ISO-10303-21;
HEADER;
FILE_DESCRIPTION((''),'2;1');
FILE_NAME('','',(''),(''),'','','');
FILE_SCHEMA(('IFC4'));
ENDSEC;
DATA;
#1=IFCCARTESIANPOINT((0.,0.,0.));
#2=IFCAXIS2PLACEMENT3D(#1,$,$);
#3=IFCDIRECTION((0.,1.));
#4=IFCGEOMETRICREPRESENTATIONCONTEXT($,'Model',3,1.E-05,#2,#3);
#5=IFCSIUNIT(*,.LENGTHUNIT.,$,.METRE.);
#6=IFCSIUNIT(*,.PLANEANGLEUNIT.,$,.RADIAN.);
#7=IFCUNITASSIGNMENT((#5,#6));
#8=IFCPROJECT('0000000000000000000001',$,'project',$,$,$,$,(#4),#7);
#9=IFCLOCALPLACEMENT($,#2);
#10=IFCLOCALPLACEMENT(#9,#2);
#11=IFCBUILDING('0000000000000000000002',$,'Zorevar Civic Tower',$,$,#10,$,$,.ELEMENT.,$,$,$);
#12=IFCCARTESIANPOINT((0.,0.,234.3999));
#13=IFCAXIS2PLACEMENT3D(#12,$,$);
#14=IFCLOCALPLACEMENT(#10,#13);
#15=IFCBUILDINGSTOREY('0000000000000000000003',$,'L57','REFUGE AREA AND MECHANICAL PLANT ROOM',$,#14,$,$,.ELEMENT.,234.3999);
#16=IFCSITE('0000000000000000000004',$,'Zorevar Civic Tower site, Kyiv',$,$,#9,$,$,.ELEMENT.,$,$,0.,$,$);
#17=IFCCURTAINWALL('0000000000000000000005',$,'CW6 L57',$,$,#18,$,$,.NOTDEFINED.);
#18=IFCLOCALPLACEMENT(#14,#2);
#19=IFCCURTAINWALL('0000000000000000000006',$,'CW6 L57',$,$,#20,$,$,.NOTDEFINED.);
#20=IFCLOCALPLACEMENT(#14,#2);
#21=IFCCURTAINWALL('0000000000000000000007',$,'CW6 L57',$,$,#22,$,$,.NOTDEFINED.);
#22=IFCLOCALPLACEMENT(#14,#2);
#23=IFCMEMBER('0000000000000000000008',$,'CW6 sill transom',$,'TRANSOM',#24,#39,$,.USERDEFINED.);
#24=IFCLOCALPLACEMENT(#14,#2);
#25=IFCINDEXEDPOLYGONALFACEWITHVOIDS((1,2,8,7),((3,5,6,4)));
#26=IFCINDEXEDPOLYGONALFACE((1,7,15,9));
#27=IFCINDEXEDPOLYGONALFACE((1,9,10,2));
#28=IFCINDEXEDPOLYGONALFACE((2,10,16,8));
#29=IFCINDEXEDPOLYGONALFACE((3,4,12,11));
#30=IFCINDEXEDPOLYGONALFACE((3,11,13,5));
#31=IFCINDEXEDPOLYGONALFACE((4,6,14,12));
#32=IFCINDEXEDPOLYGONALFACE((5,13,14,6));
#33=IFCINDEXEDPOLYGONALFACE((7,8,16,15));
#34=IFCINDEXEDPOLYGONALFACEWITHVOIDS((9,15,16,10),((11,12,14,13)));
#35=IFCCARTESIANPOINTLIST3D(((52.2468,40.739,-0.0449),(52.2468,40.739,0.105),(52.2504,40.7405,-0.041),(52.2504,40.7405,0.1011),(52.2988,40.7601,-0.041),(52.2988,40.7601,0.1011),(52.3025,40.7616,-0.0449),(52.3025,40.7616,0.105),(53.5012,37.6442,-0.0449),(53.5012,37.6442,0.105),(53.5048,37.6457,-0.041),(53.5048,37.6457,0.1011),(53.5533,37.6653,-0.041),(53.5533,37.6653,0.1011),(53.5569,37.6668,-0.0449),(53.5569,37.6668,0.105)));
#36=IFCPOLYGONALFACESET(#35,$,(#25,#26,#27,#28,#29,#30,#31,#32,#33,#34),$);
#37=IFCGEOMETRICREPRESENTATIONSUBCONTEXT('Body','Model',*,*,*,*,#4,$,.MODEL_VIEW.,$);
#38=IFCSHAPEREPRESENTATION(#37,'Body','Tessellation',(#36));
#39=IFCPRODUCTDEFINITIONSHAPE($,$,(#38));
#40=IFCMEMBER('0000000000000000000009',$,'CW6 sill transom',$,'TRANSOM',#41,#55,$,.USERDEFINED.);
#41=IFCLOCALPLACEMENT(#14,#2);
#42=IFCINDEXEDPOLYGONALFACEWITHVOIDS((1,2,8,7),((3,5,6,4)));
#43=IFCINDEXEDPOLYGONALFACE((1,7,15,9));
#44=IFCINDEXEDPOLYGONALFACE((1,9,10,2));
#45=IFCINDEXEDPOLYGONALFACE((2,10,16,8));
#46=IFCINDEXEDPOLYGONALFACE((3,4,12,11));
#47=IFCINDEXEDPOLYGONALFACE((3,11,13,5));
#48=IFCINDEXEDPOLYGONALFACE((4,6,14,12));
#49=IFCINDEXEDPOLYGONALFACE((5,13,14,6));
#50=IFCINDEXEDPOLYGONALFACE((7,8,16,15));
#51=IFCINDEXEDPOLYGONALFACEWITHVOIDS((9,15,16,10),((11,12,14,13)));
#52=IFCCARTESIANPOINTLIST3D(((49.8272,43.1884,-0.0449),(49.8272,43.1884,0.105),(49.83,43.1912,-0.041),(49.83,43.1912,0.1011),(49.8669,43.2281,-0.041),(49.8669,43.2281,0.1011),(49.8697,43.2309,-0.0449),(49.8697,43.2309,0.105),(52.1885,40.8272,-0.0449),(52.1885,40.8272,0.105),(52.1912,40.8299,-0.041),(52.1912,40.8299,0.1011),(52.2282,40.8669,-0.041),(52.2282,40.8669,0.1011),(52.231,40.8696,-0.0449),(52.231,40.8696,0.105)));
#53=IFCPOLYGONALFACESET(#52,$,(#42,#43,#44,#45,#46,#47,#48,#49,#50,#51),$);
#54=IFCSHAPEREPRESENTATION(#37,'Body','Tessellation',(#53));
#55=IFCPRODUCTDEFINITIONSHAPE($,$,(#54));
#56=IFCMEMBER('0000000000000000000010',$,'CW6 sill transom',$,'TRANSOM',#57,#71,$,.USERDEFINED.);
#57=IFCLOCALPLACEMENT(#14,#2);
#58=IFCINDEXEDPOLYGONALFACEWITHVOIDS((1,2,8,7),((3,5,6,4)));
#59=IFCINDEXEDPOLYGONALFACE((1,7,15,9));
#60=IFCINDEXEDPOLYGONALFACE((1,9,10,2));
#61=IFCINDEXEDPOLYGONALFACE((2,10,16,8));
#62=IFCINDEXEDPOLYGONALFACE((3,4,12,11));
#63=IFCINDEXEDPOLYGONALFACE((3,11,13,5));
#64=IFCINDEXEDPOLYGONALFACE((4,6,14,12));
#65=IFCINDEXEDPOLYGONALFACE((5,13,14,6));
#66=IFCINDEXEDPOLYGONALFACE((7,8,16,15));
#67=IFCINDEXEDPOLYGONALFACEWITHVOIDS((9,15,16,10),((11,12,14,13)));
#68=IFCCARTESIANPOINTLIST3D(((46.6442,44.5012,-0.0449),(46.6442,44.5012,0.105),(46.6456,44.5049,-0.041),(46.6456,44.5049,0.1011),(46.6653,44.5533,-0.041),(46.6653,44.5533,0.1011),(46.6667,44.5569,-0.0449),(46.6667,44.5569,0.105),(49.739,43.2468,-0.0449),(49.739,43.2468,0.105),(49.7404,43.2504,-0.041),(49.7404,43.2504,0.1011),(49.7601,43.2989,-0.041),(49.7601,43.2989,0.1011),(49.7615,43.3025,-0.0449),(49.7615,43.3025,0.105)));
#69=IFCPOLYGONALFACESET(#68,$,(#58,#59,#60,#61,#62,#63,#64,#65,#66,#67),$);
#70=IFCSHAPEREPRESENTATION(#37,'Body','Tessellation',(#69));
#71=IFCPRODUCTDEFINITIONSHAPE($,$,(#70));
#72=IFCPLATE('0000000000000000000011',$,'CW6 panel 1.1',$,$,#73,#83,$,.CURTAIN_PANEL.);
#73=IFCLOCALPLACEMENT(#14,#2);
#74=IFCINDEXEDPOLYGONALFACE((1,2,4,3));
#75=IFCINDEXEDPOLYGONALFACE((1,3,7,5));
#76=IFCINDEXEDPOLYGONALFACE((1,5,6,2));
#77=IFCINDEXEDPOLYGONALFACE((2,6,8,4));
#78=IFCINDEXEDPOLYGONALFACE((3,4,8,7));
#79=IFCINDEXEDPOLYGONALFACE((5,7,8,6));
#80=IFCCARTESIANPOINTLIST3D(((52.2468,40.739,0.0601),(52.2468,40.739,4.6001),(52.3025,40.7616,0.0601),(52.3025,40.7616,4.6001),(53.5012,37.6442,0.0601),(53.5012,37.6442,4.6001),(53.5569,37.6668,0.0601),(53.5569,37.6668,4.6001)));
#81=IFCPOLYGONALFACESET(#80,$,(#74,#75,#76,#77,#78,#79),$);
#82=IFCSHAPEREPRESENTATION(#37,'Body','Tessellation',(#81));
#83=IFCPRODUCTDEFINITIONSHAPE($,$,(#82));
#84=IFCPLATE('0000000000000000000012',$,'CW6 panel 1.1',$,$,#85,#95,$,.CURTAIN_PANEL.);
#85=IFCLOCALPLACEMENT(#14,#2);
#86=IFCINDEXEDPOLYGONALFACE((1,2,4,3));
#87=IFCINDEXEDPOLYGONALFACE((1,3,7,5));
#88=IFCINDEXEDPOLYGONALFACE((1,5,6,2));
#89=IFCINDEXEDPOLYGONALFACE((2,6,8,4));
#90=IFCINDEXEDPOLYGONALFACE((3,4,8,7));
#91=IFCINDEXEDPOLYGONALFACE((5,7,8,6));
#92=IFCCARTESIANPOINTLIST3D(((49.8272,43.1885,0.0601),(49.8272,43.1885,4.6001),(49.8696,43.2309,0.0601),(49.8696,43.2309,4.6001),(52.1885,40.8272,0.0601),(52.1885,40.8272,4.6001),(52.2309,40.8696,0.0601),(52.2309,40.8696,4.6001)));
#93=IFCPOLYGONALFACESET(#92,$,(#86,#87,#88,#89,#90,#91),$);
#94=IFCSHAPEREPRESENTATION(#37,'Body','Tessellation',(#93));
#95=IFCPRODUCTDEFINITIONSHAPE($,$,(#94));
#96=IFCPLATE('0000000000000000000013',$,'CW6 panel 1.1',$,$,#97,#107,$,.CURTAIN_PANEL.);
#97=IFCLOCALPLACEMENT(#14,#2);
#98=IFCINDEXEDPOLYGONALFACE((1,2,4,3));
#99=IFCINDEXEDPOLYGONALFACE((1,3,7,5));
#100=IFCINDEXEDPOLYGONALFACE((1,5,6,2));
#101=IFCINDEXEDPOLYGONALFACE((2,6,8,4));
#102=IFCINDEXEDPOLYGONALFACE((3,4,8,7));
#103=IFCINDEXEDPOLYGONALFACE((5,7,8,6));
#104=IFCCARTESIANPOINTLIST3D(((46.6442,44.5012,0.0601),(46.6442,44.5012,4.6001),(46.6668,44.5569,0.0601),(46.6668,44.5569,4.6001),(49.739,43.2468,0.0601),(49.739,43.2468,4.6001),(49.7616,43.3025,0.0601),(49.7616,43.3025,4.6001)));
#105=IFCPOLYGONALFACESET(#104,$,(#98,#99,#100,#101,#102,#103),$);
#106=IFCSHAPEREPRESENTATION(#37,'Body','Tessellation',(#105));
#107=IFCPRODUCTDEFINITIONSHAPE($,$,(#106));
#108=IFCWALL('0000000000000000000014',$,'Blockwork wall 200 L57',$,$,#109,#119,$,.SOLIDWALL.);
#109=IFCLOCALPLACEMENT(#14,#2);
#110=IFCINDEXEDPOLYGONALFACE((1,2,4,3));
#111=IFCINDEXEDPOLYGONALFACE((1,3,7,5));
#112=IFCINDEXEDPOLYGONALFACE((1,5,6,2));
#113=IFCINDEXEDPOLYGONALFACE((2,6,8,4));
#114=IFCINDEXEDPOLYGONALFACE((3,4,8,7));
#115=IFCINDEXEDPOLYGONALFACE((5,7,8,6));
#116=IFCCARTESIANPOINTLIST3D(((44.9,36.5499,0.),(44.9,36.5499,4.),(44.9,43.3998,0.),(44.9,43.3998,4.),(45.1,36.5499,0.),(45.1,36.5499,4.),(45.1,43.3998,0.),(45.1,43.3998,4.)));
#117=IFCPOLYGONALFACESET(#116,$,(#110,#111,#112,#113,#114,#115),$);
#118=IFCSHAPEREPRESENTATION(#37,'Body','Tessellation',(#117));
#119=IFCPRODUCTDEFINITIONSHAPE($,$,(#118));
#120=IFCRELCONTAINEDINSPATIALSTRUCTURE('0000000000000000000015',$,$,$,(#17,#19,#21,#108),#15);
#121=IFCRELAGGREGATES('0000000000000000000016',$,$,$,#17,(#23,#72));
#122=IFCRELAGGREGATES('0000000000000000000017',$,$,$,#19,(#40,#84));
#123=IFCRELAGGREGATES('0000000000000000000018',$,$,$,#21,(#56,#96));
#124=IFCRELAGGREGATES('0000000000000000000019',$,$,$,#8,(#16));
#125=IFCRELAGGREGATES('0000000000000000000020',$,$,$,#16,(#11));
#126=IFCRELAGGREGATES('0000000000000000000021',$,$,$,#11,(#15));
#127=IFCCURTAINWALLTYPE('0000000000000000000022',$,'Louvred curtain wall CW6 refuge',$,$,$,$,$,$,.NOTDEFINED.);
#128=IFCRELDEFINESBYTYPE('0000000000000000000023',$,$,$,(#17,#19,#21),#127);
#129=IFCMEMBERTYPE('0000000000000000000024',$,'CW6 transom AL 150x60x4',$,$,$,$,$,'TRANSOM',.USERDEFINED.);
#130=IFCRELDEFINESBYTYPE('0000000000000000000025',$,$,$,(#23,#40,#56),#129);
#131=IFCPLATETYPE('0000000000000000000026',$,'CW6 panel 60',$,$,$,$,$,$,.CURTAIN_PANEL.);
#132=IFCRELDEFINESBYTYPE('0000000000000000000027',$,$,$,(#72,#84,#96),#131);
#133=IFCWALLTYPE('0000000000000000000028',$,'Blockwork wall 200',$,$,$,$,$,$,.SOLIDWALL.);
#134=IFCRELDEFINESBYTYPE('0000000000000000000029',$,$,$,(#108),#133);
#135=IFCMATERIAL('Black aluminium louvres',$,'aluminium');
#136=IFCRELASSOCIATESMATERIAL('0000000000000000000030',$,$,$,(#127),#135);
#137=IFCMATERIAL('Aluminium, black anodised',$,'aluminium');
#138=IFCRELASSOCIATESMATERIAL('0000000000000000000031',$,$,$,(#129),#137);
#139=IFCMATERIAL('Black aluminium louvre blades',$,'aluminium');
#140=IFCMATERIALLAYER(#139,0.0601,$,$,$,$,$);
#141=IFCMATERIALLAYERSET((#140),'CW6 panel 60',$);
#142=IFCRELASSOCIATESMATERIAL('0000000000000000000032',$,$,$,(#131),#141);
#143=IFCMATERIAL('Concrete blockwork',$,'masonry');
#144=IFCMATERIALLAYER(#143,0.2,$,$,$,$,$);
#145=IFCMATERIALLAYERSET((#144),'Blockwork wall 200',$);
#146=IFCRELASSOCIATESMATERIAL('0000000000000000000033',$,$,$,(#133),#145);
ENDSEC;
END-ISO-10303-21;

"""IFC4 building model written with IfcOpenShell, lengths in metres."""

from ifc_helpers import new_model, si_unit, direction, frame, frame_2d, origin, origin_2d, place, context, subcontext, project, spatial, rectangle, hollow_rectangle, extrude, material, layer, layer_set, material_profile, profile_set, type_object, element, aggregate, save


model = new_model("IFC4")

# Units and contexts
model_context = context("Model", 3, precision=1e-05, world=origin(), true_north=direction((0.0, 1.0)))
body_context = subcontext(model_context, "Body", "Model", "MODEL_VIEW")
ifc_project = project(units=[si_unit("LENGTHUNIT", "METRE"), si_unit("PLANEANGLEUNIT", "RADIAN")], contexts=[model_context])

# Site, building, storey
site_placement = place(None, origin())
site = spatial("IfcSite", under=ifc_project, at=site_placement, Name="Zorevar Civic Tower site, Kyiv", CompositionType="ELEMENT", RefElevation=0.0)
building_placement = place(site_placement, origin())
building = spatial("IfcBuilding", under=site, at=building_placement, Name="Zorevar Civic Tower", CompositionType="ELEMENT")
storey_placement = place(building_placement, frame((0.0, 0.0, 234.3999)))
storey = spatial("IfcBuildingStorey", under=building, at=storey_placement, Name="L57", Description="REFUGE AREA AND MECHANICAL PLANT ROOM", CompositionType="ELEMENT", Elevation=234.3999)

# Shared definitions
ifc_material_1 = material(Name="Black aluminium louvres", Category="aluminium")
curtain_wall_type = type_object("IfcCurtainWallType", Name="Louvred curtain wall CW6 refuge", PredefinedType="NOTDEFINED", material=ifc_material_1)

# Curtain walls
curtain_wall_1_placement = place(storey_placement, origin())
curtain_wall_1 = element("IfcCurtainWall", 1, at=curtain_wall_1_placement, inside=storey, type_object=curtain_wall_type, Name="CW6 L57", PredefinedType="NOTDEFINED")
curtain_wall_2_placement = place(storey_placement, origin())
curtain_wall_2 = element("IfcCurtainWall", 2, at=curtain_wall_2_placement, inside=storey, type_object=curtain_wall_type, Name="CW6 L57", PredefinedType="NOTDEFINED")
curtain_wall_3_placement = place(storey_placement, origin())
curtain_wall_3 = element("IfcCurtainWall", 3, at=curtain_wall_3_placement, inside=storey, type_object=curtain_wall_type, Name="CW6 L57", PredefinedType="NOTDEFINED")

# Members
ifc_material_2 = material(Name="Aluminium, black anodised", Category="aluminium")
ifc_material_profile_1 = material_profile(ifc_material_2, hollow_rectangle(XDim=0.0601, YDim=0.1499, WallThickness=0.0039, at=origin_2d()), Name="AL 150x60x4")
ifc_profile_set_1 = profile_set([ifc_material_profile_1], Name="Aluminium, black anodised")
member_type_1 = type_object("IfcMemberType", Name="CW6 transom AL 150x60x4", ElementType="TRANSOM", PredefinedType="USERDEFINED", material=ifc_profile_set_1)
member_1_placement = place(storey_placement, frame((53.5291, 37.6555, 0.03), z_axis=(-0.375647, 0.926763, 0.0), x_axis=(-0.926763, -0.375647, 0.0)))
member_1 = element("IfcMember", 4, at=member_1_placement, type_object=member_type_1, Name="CW6 sill transom", ObjectType="TRANSOM", PredefinedType="USERDEFINED", context=body_context, shape_type="SweptSolid", body=[
    extrude(hollow_rectangle(XDim=0.0601, YDim=0.1499, WallThickness=0.0039, at=origin_2d()), origin(), (0.0, 0.0, 1.0), 3.3394),
])
member_2_placement = place(storey_placement, frame((52.2097, 40.8484, 0.03), z_axis=(-0.707107, 0.707107, 0.0), x_axis=(-0.707107, -0.707107, 0.0)))
member_2 = element("IfcMember", 5, at=member_2_placement, type_object=member_type_1, Name="CW6 sill transom", ObjectType="TRANSOM", PredefinedType="USERDEFINED", context=body_context, shape_type="SweptSolid", body=[
    extrude(hollow_rectangle(XDim=0.0601, YDim=0.1499, WallThickness=0.0039, at=origin_2d()), origin(), (0.0, 0.0, 1.0), 3.3394),
])
member_3_placement = place(storey_placement, frame((49.7502, 43.2747, 0.03), z_axis=(-0.926763, 0.375647, 0.0), x_axis=(-0.375647, -0.926763, 0.0)))
member_3 = element("IfcMember", 6, at=member_3_placement, type_object=member_type_1, Name="CW6 sill transom", ObjectType="TRANSOM", PredefinedType="USERDEFINED", context=body_context, shape_type="SweptSolid", body=[
    extrude(hollow_rectangle(XDim=0.0601, YDim=0.1499, WallThickness=0.0039, at=origin_2d()), origin(), (0.0, 0.0, 1.0), 3.3394),
])

# Plates
ifc_material_3 = material(Name="Black aluminium louvre blades", Category="aluminium")
ifc_layer_1 = layer(ifc_material_3, 0.0601)
ifc_layer_set_1 = layer_set([ifc_layer_1], Name="CW6 panel 60")
plate_type = type_object("IfcPlateType", Name="CW6 panel 60", PredefinedType="CURTAIN_PANEL", material=ifc_layer_set_1)
plate_1_placement = place(storey_placement, frame((52.9019, 39.2029, 0.0601), z_axis=(0.0, 0.0, 1.0), x_axis=(-0.37565, 0.926762, 0.0)))
plate_1 = element("IfcPlate", 7, at=plate_1_placement, type_object=plate_type, Name="CW6 panel 1.1", PredefinedType="CURTAIN_PANEL", context=body_context, shape_type="SweptSolid", body=[
    extrude(rectangle(XDim=3.3394, YDim=0.0601, at=origin_2d()), origin(), (0.0, 0.0, 1.0), 4.54),
])
aggregate(curtain_wall_1, [member_1, plate_1])
plate_2_placement = place(storey_placement, frame((51.0291, 42.0291, 0.0601), z_axis=(0.0, 0.0, 1.0), x_axis=(-0.707107, 0.707107, 0.0)))
plate_2 = element("IfcPlate", 8, at=plate_2_placement, type_object=plate_type, Name="CW6 panel 1.1", PredefinedType="CURTAIN_PANEL", context=body_context, shape_type="SweptSolid", body=[
    extrude(rectangle(XDim=3.3394, YDim=0.0601, at=origin_2d()), origin(), (0.0, 0.0, 1.0), 4.54),
])
aggregate(curtain_wall_2, [member_2, plate_2])
plate_3_placement = place(storey_placement, frame((48.2029, 43.9019, 0.0601), z_axis=(0.0, 0.0, 1.0), x_axis=(-0.926762, 0.37565, 0.0)))
plate_3 = element("IfcPlate", 9, at=plate_3_placement, type_object=plate_type, Name="CW6 panel 1.1", PredefinedType="CURTAIN_PANEL", context=body_context, shape_type="SweptSolid", body=[
    extrude(rectangle(XDim=3.3394, YDim=0.0601, at=origin_2d()), origin(), (0.0, 0.0, 1.0), 4.54),
])
aggregate(curtain_wall_3, [member_3, plate_3])

# Wall
ifc_material_4 = material(Name="Concrete blockwork", Category="masonry")
ifc_layer_2 = layer(ifc_material_4, 0.2)
ifc_layer_set_2 = layer_set([ifc_layer_2], Name="Blockwork wall 200")
wall_type = type_object("IfcWallType", Name="Blockwork wall 200", PredefinedType="SOLIDWALL", material=ifc_layer_set_2)
wall_placement = place(storey_placement, frame((45.0, 36.55, 0.0), z_axis=(0.0, 0.0, 1.0), x_axis=(0.0, 1.0, 0.0)))
element("IfcWall", 10, at=wall_placement, inside=storey, type_object=wall_type, Name="Blockwork wall 200 L57", PredefinedType="SOLIDWALL", context=body_context, shape_type="SweptSolid", body=[
    extrude(rectangle(XDim=6.8499, YDim=0.2, at=frame_2d((3.4248, 0.0))), origin(), (0.0, 0.0, 1.0), 4.0),
])

save(model, "model.ifc")
